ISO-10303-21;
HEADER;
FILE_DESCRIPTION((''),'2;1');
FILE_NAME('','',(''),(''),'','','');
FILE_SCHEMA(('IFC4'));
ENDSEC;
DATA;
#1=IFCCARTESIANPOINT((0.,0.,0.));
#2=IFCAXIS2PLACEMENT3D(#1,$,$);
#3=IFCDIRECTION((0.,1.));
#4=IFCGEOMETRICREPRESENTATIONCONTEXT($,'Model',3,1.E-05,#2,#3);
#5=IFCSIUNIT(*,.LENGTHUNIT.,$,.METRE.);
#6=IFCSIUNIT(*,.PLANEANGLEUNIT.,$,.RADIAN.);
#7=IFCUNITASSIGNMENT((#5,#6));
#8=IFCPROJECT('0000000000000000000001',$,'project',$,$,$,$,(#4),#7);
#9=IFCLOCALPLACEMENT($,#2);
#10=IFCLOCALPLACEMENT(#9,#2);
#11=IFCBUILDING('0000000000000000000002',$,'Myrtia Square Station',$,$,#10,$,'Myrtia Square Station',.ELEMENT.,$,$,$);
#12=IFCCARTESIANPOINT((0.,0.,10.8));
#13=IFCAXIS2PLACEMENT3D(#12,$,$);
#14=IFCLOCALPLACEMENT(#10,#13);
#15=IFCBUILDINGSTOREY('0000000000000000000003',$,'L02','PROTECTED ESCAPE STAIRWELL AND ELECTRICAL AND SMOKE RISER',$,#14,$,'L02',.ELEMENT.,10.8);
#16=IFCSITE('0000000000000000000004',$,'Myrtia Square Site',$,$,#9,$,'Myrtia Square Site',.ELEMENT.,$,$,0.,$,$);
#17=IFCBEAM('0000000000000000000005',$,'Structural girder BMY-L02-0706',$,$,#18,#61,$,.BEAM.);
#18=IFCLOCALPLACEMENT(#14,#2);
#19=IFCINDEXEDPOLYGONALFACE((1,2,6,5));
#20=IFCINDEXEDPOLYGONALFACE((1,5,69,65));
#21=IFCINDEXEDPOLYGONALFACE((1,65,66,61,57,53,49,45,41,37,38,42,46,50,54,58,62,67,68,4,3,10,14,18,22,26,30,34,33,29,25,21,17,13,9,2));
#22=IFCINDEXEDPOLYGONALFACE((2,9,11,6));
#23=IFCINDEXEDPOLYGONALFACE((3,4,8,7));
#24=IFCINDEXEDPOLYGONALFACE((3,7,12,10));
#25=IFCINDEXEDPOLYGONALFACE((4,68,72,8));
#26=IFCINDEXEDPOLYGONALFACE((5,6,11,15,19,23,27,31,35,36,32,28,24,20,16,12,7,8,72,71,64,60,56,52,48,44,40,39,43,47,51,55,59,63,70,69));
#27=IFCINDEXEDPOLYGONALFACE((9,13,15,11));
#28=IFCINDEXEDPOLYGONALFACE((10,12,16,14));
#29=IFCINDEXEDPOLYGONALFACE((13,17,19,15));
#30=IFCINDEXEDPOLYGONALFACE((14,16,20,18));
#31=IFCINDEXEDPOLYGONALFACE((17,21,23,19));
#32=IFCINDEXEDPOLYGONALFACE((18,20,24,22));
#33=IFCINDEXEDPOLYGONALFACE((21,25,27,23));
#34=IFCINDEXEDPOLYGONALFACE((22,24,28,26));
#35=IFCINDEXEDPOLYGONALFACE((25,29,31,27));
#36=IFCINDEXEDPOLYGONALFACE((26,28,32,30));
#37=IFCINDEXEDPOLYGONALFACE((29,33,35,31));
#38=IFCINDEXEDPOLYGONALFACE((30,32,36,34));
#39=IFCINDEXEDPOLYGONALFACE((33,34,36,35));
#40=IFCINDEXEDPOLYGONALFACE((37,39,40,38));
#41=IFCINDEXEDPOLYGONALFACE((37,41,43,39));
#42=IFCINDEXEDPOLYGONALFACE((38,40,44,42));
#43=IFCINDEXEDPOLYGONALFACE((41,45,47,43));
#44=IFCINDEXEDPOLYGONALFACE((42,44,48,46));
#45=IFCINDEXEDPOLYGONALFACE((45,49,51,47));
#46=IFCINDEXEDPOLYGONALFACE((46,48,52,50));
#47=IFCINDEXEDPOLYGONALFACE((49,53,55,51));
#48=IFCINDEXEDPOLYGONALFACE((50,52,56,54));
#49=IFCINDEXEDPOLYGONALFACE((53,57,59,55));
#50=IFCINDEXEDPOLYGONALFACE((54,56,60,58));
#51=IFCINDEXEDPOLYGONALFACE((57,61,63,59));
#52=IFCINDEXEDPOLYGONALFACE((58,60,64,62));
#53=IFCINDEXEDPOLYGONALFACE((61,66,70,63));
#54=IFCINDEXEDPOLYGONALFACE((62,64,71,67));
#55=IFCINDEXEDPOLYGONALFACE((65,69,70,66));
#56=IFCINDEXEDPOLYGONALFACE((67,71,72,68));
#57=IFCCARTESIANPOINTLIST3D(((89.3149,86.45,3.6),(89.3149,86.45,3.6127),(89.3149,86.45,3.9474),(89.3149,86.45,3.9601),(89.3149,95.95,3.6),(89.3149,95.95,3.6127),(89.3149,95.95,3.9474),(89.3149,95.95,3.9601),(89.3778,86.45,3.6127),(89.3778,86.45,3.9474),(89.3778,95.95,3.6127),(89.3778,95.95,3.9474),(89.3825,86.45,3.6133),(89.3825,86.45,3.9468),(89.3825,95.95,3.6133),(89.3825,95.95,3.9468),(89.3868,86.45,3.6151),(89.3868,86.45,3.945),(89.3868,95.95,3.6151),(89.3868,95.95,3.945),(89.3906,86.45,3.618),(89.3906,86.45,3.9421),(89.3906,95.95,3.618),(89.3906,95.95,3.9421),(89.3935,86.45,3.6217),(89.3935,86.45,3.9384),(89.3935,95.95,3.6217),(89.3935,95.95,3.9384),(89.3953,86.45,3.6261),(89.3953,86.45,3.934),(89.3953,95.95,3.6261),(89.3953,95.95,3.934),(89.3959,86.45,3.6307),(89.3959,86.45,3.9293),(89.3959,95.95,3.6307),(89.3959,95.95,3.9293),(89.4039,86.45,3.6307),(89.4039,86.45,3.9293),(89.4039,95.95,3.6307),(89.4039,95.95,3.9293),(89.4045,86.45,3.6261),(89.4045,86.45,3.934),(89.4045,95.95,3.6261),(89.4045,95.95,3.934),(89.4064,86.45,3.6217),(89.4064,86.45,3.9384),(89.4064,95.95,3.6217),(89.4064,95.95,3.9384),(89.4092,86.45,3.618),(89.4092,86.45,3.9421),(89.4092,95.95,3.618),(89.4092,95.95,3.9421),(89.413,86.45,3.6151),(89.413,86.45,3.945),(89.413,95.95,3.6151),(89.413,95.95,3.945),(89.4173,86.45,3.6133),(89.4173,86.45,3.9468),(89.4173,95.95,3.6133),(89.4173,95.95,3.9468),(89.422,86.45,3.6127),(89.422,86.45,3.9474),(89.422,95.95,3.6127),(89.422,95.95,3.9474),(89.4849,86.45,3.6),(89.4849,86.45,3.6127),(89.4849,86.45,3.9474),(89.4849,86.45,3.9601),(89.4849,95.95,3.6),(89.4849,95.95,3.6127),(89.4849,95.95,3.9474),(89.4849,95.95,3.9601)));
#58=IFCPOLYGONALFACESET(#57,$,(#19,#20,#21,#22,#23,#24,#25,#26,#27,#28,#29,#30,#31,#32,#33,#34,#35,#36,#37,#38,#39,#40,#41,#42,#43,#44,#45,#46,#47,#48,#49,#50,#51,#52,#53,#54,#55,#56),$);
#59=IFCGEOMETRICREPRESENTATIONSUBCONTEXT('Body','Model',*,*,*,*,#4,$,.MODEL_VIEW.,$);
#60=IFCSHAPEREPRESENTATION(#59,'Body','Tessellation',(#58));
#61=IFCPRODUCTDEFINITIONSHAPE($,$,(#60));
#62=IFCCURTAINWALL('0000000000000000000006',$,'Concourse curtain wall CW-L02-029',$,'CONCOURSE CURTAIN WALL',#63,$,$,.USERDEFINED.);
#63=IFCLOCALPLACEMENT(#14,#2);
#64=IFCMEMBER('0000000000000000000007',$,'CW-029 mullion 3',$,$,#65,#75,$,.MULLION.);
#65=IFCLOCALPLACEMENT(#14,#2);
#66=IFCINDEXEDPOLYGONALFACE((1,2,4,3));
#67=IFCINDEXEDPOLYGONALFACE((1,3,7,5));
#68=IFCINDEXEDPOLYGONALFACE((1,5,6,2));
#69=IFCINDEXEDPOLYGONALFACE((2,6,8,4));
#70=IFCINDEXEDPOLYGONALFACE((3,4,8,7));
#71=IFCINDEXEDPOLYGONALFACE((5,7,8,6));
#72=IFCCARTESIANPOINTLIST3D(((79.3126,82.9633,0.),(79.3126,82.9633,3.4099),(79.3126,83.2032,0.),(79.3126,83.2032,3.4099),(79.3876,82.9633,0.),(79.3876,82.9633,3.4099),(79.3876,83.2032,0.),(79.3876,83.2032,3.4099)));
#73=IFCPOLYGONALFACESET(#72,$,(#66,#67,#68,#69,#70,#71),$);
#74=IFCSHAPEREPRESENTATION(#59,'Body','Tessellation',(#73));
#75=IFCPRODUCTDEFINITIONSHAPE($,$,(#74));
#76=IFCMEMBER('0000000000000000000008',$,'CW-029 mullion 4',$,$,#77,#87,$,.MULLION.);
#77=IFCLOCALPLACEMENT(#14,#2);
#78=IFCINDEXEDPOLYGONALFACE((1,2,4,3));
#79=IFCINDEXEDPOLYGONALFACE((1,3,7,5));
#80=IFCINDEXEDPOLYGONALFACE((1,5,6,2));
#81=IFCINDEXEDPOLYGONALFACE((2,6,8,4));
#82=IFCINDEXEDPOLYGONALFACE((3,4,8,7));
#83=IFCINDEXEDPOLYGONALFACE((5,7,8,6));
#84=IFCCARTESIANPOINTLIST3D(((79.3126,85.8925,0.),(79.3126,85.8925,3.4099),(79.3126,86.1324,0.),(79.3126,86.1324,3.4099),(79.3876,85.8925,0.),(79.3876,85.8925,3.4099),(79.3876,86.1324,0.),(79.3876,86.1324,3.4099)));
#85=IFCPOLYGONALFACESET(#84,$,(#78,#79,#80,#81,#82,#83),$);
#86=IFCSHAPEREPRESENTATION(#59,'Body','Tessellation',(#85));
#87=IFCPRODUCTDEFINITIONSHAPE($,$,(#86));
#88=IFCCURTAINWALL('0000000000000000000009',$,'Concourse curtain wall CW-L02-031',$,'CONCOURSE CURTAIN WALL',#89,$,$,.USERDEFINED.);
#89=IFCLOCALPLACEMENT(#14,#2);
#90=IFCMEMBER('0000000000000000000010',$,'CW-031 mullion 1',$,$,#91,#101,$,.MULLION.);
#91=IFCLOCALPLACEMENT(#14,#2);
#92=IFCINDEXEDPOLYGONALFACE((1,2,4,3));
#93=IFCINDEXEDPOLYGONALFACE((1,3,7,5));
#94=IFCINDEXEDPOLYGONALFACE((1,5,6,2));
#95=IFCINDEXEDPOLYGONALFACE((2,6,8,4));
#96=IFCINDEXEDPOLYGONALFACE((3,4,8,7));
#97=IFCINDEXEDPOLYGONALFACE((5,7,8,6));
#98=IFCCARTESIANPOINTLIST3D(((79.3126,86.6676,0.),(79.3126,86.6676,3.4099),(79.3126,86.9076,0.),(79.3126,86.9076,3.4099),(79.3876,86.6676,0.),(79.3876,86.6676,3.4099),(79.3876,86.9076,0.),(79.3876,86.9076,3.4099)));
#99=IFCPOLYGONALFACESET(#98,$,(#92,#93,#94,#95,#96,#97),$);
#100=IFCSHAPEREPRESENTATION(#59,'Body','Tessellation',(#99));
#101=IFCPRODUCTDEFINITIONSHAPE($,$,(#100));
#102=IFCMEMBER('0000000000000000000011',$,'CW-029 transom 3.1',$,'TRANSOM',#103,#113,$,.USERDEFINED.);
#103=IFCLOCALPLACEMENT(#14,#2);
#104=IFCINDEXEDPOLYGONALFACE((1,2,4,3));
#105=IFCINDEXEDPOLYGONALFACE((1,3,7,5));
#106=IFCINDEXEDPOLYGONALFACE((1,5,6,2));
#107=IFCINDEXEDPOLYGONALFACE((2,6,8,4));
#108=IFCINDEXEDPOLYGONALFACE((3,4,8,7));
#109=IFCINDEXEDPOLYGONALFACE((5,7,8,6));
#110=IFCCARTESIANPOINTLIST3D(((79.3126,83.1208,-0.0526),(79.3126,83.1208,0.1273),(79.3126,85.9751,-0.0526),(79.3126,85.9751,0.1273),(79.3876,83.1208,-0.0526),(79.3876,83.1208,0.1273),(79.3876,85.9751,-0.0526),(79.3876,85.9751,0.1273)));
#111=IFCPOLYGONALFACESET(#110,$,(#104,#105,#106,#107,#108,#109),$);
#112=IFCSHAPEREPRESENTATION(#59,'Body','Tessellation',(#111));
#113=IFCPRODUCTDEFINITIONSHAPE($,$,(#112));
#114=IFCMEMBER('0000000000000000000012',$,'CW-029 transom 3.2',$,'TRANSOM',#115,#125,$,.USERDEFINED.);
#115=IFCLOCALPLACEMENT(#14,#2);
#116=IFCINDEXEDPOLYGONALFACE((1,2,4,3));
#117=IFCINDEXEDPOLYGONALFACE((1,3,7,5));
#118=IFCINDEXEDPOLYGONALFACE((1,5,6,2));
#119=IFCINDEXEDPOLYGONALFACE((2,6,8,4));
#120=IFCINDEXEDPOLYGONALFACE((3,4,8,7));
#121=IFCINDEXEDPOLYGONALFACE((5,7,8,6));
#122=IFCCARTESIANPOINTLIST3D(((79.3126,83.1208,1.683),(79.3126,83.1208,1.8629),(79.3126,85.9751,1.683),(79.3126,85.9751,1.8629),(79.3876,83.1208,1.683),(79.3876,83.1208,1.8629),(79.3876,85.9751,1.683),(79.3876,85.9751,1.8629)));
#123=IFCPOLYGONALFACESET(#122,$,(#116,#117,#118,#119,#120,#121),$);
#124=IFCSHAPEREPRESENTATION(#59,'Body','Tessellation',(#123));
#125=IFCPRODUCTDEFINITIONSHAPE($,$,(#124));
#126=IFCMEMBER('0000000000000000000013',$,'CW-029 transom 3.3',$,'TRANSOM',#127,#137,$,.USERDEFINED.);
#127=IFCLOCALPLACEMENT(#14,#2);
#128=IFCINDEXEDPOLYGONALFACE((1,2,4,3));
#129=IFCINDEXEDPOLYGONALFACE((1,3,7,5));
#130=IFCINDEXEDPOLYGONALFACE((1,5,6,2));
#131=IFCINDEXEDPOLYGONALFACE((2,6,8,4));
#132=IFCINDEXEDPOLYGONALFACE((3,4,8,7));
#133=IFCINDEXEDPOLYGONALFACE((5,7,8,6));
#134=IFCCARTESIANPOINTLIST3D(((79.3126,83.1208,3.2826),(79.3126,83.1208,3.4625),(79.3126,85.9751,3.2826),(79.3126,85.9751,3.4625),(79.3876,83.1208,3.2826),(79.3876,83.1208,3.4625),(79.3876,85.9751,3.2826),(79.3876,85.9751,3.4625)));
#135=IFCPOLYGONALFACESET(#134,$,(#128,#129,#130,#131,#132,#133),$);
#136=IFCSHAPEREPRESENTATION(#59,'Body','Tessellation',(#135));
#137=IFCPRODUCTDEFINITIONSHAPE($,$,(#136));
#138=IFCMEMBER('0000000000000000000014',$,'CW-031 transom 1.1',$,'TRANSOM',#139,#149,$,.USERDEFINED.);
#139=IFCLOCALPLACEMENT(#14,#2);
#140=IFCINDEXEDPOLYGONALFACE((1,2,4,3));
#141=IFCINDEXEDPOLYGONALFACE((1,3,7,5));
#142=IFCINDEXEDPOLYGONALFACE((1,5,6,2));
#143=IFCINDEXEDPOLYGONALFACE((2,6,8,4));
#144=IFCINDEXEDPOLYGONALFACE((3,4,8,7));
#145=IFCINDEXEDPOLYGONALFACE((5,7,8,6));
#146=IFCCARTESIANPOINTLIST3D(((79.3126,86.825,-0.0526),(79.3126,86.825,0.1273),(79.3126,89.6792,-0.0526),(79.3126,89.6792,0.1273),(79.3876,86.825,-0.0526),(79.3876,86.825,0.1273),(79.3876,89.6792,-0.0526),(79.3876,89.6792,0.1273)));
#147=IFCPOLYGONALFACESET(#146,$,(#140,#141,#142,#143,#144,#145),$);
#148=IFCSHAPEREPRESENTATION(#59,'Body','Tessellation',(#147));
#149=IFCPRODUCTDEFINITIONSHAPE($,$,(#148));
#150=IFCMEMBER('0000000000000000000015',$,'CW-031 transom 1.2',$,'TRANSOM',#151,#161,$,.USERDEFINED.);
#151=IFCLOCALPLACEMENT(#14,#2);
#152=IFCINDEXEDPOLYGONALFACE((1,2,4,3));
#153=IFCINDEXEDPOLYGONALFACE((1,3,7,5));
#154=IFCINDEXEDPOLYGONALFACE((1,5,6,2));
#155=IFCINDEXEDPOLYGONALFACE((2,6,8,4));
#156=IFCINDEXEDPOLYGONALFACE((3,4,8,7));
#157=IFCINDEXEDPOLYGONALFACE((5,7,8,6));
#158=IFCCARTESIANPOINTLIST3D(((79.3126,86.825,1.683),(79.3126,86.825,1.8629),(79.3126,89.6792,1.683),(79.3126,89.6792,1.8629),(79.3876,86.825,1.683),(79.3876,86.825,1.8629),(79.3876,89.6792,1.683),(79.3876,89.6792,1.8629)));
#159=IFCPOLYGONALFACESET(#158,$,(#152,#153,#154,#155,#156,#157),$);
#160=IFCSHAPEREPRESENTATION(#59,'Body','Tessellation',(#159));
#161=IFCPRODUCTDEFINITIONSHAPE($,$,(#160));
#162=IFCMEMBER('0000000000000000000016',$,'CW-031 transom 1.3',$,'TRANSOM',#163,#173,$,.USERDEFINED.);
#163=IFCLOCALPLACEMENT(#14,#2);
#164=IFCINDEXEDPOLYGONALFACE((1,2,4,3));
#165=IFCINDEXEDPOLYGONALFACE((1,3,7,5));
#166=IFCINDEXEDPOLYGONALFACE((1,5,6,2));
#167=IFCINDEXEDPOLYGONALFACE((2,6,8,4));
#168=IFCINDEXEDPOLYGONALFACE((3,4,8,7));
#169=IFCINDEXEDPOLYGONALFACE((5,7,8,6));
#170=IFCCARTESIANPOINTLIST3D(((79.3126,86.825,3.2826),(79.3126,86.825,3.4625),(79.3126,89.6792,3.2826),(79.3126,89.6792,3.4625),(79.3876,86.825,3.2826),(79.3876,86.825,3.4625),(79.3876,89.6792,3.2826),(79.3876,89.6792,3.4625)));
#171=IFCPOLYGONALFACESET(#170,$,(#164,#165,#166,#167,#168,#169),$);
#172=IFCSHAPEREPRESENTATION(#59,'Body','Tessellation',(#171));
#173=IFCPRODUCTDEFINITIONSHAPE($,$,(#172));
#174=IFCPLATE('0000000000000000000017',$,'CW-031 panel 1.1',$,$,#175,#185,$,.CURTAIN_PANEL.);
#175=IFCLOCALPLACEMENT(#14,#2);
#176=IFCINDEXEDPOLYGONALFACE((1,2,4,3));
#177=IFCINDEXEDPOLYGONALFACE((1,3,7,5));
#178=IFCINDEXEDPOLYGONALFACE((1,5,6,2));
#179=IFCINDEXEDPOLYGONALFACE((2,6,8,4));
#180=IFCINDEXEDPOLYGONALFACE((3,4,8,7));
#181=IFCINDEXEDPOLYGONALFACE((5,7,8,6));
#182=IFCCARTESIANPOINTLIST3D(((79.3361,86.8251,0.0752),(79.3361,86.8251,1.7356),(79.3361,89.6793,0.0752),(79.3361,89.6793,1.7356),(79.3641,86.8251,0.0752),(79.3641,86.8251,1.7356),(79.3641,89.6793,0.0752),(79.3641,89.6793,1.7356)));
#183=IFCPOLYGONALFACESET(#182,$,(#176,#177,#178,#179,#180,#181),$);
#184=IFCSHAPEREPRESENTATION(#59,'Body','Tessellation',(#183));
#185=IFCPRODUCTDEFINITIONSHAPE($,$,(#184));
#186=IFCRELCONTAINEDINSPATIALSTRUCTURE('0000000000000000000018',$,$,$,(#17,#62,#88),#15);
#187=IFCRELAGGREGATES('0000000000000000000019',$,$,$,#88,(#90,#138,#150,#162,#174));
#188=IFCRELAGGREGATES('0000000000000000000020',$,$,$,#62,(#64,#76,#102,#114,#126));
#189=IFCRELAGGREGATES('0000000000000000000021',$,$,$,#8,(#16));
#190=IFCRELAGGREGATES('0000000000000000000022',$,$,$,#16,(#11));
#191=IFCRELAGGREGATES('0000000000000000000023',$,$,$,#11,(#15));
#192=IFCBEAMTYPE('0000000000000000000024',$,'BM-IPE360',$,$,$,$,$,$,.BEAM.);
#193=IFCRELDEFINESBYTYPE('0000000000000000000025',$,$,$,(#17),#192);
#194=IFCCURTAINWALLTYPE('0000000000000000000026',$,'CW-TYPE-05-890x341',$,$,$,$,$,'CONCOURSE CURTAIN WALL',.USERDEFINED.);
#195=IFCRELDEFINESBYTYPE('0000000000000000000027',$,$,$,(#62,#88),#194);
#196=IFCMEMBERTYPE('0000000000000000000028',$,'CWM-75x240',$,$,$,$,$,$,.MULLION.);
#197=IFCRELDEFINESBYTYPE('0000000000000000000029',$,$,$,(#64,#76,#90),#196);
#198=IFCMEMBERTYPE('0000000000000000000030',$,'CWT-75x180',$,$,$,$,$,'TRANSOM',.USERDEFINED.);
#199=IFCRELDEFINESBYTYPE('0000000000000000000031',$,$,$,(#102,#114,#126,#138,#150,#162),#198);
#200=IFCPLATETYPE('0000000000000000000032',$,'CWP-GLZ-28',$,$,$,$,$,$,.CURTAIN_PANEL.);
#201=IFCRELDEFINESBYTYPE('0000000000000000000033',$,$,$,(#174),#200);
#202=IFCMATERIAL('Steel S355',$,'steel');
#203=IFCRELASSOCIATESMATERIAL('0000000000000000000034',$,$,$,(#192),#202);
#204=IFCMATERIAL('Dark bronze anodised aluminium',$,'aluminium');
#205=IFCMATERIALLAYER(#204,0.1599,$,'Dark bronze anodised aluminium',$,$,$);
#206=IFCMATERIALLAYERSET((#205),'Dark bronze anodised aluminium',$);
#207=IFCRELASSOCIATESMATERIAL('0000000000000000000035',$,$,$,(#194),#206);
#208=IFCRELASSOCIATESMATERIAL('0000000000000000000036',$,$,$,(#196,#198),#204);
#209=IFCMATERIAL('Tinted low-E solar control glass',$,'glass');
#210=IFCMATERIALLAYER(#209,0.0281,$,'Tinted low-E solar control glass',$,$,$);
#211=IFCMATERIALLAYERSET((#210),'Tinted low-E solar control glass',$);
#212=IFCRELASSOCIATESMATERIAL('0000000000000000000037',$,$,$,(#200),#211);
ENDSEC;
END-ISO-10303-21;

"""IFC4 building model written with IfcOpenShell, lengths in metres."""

from ifc_helpers import new_model, si_unit, direction, frame, origin, origin_2d, place, context, subcontext, project, spatial, rectangle, i_section, extrude, material, layer, layer_set, material_profile, profile_set, type_object, element, aggregate, save


model = new_model("IFC4")

# Units and contexts
model_context = context("Model", 3, precision=1e-05, world=origin(), true_north=direction((0.0, 1.0)))
body_context = subcontext(model_context, "Body", "Model", "MODEL_VIEW")
ifc_project = project(units=[si_unit("LENGTHUNIT", "METRE"), si_unit("PLANEANGLEUNIT", "RADIAN")], contexts=[model_context])

# Site, building, storey
site_placement = place(None, origin())
site = spatial("IfcSite", under=ifc_project, at=site_placement, Name="Myrtia Square Site", LongName="Myrtia Square Site", CompositionType="ELEMENT", RefElevation=0.0)
building_placement = place(site_placement, origin())
building = spatial("IfcBuilding", under=site, at=building_placement, Name="Myrtia Square Station", LongName="Myrtia Square Station", CompositionType="ELEMENT")
storey_placement = place(building_placement, frame((0.0, 0.0, 10.8)))
storey = spatial("IfcBuildingStorey", under=building, at=storey_placement, Name="L02", Description="PROTECTED ESCAPE STAIRWELL AND ELECTRICAL AND SMOKE RISER", LongName="L02", CompositionType="ELEMENT", Elevation=10.8)

# Shared definitions
ifc_material_1 = material(Name="Steel S355", Category="steel")

# Beam
ifc_material_profile_1 = material_profile(ifc_material_1, i_section(OverallWidth=0.1699, OverallDepth=0.3601, WebThickness=0.0081, FlangeThickness=0.0127, FilletRadius=0.0181, at=origin_2d()), Name="IPE 360")
ifc_profile_set_1 = profile_set([ifc_material_profile_1], Name="Steel S355")
beam_type_1 = type_object("IfcBeamType", Name="BM-IPE360", PredefinedType="BEAM", material=ifc_profile_set_1)
beam_1_placement = place(storey_placement, frame((89.3999, 86.45, 3.78), z_axis=(0.0, 1.0, 0.0), x_axis=(-1.0, 0.0, 0.0)))
element("IfcBeam", 1, at=beam_1_placement, inside=storey, type_object=beam_type_1, Name="Structural girder BMY-L02-0706", PredefinedType="BEAM", context=body_context, shape_type="SweptSolid", body=[
    extrude(i_section(OverallWidth=0.1699, OverallDepth=0.3601, WebThickness=0.0081, FlangeThickness=0.0127, FilletRadius=0.0181, at=origin_2d()), origin(), (0.0, 0.0, 1.0), 9.5),
])

# Curtain wall, members
ifc_material_2 = material(Name="Dark bronze anodised aluminium", Category="aluminium")
ifc_layer_1 = layer(ifc_material_2, 0.1599, Name="Dark bronze anodised aluminium")
ifc_layer_set_1 = layer_set([ifc_layer_1], Name="Dark bronze anodised aluminium")
curtain_wall_type = type_object("IfcCurtainWallType", Name="CW-TYPE-05-890x341", ElementType="CONCOURSE CURTAIN WALL", PredefinedType="USERDEFINED", material=ifc_layer_set_1)
curtain_wall_1_placement = place(storey_placement, origin())
curtain_wall_1 = element("IfcCurtainWall", 2, at=curtain_wall_1_placement, inside=storey, type_object=curtain_wall_type, Name="Concourse curtain wall CW-L02-029", ObjectType="CONCOURSE CURTAIN WALL", PredefinedType="USERDEFINED")
ifc_material_profile_2 = material_profile(ifc_material_2, rectangle(XDim=0.075, YDim=0.24, at=origin_2d()), Name="ALU-M 75x240")
ifc_profile_set_2 = profile_set([ifc_material_profile_2], Name="Dark bronze anodised aluminium")
member_type_1 = type_object("IfcMemberType", Name="CWM-75x240", PredefinedType="MULLION", material=ifc_profile_set_2)
member_1_placement = place(storey_placement, frame((79.3501, 83.0833, 0.0), z_axis=(0.0, 0.0, 1.0), x_axis=(-1.0, 0.0, 0.0)))
member_1 = element("IfcMember", 3, at=member_1_placement, type_object=member_type_1, Name="CW-029 mullion 3", PredefinedType="MULLION", context=body_context, shape_type="SweptSolid", body=[
    extrude(rectangle(XDim=0.075, YDim=0.24, at=origin_2d()), origin(), (0.0, 0.0, 1.0), 3.4099),
])
member_2_placement = place(storey_placement, frame((79.3501, 86.0125, 0.0), z_axis=(0.0, 0.0, 1.0), x_axis=(-1.0, 0.0, 0.0)))
member_2 = element("IfcMember", 4, at=member_2_placement, type_object=member_type_1, Name="CW-029 mullion 4", PredefinedType="MULLION", context=body_context, shape_type="SweptSolid", body=[
    extrude(rectangle(XDim=0.075, YDim=0.24, at=origin_2d()), origin(), (0.0, 0.0, 1.0), 3.4099),
])

# Curtain wall, member
curtain_wall_2_placement = place(storey_placement, origin())
curtain_wall_2 = element("IfcCurtainWall", 5, at=curtain_wall_2_placement, inside=storey, type_object=curtain_wall_type, Name="Concourse curtain wall CW-L02-031", ObjectType="CONCOURSE CURTAIN WALL", PredefinedType="USERDEFINED")
member_3_placement = place(storey_placement, frame((79.3501, 86.7876, 0.0), z_axis=(0.0, 0.0, 1.0), x_axis=(-1.0, 0.0, 0.0)))
member_3 = element("IfcMember", 6, at=member_3_placement, type_object=member_type_1, Name="CW-031 mullion 1", PredefinedType="MULLION", context=body_context, shape_type="SweptSolid", body=[
    extrude(rectangle(XDim=0.075, YDim=0.24, at=origin_2d()), origin(), (0.0, 0.0, 1.0), 3.4099),
])

# Members
ifc_material_profile_3 = material_profile(ifc_material_2, rectangle(XDim=0.075, YDim=0.1799, at=origin_2d()), Name="ALU-T 75x180")
ifc_profile_set_3 = profile_set([ifc_material_profile_3], Name="Dark bronze anodised aluminium")
member_type_2 = type_object("IfcMemberType", Name="CWT-75x180", ElementType="TRANSOM", PredefinedType="USERDEFINED", material=ifc_profile_set_3)
member_4_placement = place(storey_placement, frame((79.3501, 83.1208, 0.0374), z_axis=(0.0, 1.0, 0.0), x_axis=(-1.0, 0.0, 0.0)))
member_4 = element("IfcMember", 7, at=member_4_placement, type_object=member_type_2, Name="CW-029 transom 3.1", ObjectType="TRANSOM", PredefinedType="USERDEFINED", context=body_context, shape_type="SweptSolid", body=[
    extrude(rectangle(XDim=0.075, YDim=0.1799, at=origin_2d()), origin(), (0.0, 0.0, 1.0), 2.8542),
])
member_5_placement = place(storey_placement, frame((79.3501, 83.1208, 1.7729), z_axis=(0.0, 1.0, 0.0), x_axis=(-1.0, 0.0, 0.0)))
member_5 = element("IfcMember", 8, at=member_5_placement, type_object=member_type_2, Name="CW-029 transom 3.2", ObjectType="TRANSOM", PredefinedType="USERDEFINED", context=body_context, shape_type="SweptSolid", body=[
    extrude(rectangle(XDim=0.075, YDim=0.1799, at=origin_2d()), origin(), (0.0, 0.0, 1.0), 2.8542),
])
member_6_placement = place(storey_placement, frame((79.3501, 83.1208, 3.3726), z_axis=(0.0, 1.0, 0.0), x_axis=(-1.0, 0.0, 0.0)))
member_6 = element("IfcMember", 9, at=member_6_placement, type_object=member_type_2, Name="CW-029 transom 3.3", ObjectType="TRANSOM", PredefinedType="USERDEFINED", context=body_context, shape_type="SweptSolid", body=[
    extrude(rectangle(XDim=0.075, YDim=0.1799, at=origin_2d()), origin(), (0.0, 0.0, 1.0), 2.8542),
])
member_7_placement = place(storey_placement, frame((79.3501, 86.825, 0.0374), z_axis=(0.0, 1.0, 0.0), x_axis=(-1.0, 0.0, 0.0)))
member_7 = element("IfcMember", 10, at=member_7_placement, type_object=member_type_2, Name="CW-031 transom 1.1", ObjectType="TRANSOM", PredefinedType="USERDEFINED", context=body_context, shape_type="SweptSolid", body=[
    extrude(rectangle(XDim=0.075, YDim=0.1799, at=origin_2d()), origin(), (0.0, 0.0, 1.0), 2.8542),
])
member_8_placement = place(storey_placement, frame((79.3501, 86.825, 1.7729), z_axis=(0.0, 1.0, 0.0), x_axis=(-1.0, 0.0, 0.0)))
member_8 = element("IfcMember", 11, at=member_8_placement, type_object=member_type_2, Name="CW-031 transom 1.2", ObjectType="TRANSOM", PredefinedType="USERDEFINED", context=body_context, shape_type="SweptSolid", body=[
    extrude(rectangle(XDim=0.075, YDim=0.1799, at=origin_2d()), origin(), (0.0, 0.0, 1.0), 2.8542),
])
member_9_placement = place(storey_placement, frame((79.3501, 86.825, 3.3726), z_axis=(0.0, 1.0, 0.0), x_axis=(-1.0, 0.0, 0.0)))
member_9 = element("IfcMember", 12, at=member_9_placement, type_object=member_type_2, Name="CW-031 transom 1.3", ObjectType="TRANSOM", PredefinedType="USERDEFINED", context=body_context, shape_type="SweptSolid", body=[
    extrude(rectangle(XDim=0.075, YDim=0.1799, at=origin_2d()), origin(), (0.0, 0.0, 1.0), 2.8542),
])

# Plate
ifc_material_3 = material(Name="Tinted low-E solar control glass", Category="glass")
ifc_layer_2 = layer(ifc_material_3, 0.0281, Name="Tinted low-E solar control glass")
ifc_layer_set_2 = layer_set([ifc_layer_2], Name="Tinted low-E solar control glass")
plate_type_1 = type_object("IfcPlateType", Name="CWP-GLZ-28", PredefinedType="CURTAIN_PANEL", material=ifc_layer_set_2)
plate_1_placement = place(storey_placement, frame((79.3501, 88.2522, 0.0752), z_axis=(0.0, 0.0, 1.0), x_axis=(0.0, 1.0, 0.0)))
plate_1 = element("IfcPlate", 13, at=plate_1_placement, type_object=plate_type_1, Name="CW-031 panel 1.1", PredefinedType="CURTAIN_PANEL", context=body_context, shape_type="SweptSolid", body=[
    extrude(rectangle(XDim=2.8542, YDim=0.0281, at=origin_2d()), origin(), (0.0, 0.0, 1.0), 1.6604),
])
aggregate(curtain_wall_2, [member_3, member_7, member_8, member_9, plate_1])
aggregate(curtain_wall_1, [member_1, member_2, member_4, member_5, member_6])

save(model, "model.ifc")
